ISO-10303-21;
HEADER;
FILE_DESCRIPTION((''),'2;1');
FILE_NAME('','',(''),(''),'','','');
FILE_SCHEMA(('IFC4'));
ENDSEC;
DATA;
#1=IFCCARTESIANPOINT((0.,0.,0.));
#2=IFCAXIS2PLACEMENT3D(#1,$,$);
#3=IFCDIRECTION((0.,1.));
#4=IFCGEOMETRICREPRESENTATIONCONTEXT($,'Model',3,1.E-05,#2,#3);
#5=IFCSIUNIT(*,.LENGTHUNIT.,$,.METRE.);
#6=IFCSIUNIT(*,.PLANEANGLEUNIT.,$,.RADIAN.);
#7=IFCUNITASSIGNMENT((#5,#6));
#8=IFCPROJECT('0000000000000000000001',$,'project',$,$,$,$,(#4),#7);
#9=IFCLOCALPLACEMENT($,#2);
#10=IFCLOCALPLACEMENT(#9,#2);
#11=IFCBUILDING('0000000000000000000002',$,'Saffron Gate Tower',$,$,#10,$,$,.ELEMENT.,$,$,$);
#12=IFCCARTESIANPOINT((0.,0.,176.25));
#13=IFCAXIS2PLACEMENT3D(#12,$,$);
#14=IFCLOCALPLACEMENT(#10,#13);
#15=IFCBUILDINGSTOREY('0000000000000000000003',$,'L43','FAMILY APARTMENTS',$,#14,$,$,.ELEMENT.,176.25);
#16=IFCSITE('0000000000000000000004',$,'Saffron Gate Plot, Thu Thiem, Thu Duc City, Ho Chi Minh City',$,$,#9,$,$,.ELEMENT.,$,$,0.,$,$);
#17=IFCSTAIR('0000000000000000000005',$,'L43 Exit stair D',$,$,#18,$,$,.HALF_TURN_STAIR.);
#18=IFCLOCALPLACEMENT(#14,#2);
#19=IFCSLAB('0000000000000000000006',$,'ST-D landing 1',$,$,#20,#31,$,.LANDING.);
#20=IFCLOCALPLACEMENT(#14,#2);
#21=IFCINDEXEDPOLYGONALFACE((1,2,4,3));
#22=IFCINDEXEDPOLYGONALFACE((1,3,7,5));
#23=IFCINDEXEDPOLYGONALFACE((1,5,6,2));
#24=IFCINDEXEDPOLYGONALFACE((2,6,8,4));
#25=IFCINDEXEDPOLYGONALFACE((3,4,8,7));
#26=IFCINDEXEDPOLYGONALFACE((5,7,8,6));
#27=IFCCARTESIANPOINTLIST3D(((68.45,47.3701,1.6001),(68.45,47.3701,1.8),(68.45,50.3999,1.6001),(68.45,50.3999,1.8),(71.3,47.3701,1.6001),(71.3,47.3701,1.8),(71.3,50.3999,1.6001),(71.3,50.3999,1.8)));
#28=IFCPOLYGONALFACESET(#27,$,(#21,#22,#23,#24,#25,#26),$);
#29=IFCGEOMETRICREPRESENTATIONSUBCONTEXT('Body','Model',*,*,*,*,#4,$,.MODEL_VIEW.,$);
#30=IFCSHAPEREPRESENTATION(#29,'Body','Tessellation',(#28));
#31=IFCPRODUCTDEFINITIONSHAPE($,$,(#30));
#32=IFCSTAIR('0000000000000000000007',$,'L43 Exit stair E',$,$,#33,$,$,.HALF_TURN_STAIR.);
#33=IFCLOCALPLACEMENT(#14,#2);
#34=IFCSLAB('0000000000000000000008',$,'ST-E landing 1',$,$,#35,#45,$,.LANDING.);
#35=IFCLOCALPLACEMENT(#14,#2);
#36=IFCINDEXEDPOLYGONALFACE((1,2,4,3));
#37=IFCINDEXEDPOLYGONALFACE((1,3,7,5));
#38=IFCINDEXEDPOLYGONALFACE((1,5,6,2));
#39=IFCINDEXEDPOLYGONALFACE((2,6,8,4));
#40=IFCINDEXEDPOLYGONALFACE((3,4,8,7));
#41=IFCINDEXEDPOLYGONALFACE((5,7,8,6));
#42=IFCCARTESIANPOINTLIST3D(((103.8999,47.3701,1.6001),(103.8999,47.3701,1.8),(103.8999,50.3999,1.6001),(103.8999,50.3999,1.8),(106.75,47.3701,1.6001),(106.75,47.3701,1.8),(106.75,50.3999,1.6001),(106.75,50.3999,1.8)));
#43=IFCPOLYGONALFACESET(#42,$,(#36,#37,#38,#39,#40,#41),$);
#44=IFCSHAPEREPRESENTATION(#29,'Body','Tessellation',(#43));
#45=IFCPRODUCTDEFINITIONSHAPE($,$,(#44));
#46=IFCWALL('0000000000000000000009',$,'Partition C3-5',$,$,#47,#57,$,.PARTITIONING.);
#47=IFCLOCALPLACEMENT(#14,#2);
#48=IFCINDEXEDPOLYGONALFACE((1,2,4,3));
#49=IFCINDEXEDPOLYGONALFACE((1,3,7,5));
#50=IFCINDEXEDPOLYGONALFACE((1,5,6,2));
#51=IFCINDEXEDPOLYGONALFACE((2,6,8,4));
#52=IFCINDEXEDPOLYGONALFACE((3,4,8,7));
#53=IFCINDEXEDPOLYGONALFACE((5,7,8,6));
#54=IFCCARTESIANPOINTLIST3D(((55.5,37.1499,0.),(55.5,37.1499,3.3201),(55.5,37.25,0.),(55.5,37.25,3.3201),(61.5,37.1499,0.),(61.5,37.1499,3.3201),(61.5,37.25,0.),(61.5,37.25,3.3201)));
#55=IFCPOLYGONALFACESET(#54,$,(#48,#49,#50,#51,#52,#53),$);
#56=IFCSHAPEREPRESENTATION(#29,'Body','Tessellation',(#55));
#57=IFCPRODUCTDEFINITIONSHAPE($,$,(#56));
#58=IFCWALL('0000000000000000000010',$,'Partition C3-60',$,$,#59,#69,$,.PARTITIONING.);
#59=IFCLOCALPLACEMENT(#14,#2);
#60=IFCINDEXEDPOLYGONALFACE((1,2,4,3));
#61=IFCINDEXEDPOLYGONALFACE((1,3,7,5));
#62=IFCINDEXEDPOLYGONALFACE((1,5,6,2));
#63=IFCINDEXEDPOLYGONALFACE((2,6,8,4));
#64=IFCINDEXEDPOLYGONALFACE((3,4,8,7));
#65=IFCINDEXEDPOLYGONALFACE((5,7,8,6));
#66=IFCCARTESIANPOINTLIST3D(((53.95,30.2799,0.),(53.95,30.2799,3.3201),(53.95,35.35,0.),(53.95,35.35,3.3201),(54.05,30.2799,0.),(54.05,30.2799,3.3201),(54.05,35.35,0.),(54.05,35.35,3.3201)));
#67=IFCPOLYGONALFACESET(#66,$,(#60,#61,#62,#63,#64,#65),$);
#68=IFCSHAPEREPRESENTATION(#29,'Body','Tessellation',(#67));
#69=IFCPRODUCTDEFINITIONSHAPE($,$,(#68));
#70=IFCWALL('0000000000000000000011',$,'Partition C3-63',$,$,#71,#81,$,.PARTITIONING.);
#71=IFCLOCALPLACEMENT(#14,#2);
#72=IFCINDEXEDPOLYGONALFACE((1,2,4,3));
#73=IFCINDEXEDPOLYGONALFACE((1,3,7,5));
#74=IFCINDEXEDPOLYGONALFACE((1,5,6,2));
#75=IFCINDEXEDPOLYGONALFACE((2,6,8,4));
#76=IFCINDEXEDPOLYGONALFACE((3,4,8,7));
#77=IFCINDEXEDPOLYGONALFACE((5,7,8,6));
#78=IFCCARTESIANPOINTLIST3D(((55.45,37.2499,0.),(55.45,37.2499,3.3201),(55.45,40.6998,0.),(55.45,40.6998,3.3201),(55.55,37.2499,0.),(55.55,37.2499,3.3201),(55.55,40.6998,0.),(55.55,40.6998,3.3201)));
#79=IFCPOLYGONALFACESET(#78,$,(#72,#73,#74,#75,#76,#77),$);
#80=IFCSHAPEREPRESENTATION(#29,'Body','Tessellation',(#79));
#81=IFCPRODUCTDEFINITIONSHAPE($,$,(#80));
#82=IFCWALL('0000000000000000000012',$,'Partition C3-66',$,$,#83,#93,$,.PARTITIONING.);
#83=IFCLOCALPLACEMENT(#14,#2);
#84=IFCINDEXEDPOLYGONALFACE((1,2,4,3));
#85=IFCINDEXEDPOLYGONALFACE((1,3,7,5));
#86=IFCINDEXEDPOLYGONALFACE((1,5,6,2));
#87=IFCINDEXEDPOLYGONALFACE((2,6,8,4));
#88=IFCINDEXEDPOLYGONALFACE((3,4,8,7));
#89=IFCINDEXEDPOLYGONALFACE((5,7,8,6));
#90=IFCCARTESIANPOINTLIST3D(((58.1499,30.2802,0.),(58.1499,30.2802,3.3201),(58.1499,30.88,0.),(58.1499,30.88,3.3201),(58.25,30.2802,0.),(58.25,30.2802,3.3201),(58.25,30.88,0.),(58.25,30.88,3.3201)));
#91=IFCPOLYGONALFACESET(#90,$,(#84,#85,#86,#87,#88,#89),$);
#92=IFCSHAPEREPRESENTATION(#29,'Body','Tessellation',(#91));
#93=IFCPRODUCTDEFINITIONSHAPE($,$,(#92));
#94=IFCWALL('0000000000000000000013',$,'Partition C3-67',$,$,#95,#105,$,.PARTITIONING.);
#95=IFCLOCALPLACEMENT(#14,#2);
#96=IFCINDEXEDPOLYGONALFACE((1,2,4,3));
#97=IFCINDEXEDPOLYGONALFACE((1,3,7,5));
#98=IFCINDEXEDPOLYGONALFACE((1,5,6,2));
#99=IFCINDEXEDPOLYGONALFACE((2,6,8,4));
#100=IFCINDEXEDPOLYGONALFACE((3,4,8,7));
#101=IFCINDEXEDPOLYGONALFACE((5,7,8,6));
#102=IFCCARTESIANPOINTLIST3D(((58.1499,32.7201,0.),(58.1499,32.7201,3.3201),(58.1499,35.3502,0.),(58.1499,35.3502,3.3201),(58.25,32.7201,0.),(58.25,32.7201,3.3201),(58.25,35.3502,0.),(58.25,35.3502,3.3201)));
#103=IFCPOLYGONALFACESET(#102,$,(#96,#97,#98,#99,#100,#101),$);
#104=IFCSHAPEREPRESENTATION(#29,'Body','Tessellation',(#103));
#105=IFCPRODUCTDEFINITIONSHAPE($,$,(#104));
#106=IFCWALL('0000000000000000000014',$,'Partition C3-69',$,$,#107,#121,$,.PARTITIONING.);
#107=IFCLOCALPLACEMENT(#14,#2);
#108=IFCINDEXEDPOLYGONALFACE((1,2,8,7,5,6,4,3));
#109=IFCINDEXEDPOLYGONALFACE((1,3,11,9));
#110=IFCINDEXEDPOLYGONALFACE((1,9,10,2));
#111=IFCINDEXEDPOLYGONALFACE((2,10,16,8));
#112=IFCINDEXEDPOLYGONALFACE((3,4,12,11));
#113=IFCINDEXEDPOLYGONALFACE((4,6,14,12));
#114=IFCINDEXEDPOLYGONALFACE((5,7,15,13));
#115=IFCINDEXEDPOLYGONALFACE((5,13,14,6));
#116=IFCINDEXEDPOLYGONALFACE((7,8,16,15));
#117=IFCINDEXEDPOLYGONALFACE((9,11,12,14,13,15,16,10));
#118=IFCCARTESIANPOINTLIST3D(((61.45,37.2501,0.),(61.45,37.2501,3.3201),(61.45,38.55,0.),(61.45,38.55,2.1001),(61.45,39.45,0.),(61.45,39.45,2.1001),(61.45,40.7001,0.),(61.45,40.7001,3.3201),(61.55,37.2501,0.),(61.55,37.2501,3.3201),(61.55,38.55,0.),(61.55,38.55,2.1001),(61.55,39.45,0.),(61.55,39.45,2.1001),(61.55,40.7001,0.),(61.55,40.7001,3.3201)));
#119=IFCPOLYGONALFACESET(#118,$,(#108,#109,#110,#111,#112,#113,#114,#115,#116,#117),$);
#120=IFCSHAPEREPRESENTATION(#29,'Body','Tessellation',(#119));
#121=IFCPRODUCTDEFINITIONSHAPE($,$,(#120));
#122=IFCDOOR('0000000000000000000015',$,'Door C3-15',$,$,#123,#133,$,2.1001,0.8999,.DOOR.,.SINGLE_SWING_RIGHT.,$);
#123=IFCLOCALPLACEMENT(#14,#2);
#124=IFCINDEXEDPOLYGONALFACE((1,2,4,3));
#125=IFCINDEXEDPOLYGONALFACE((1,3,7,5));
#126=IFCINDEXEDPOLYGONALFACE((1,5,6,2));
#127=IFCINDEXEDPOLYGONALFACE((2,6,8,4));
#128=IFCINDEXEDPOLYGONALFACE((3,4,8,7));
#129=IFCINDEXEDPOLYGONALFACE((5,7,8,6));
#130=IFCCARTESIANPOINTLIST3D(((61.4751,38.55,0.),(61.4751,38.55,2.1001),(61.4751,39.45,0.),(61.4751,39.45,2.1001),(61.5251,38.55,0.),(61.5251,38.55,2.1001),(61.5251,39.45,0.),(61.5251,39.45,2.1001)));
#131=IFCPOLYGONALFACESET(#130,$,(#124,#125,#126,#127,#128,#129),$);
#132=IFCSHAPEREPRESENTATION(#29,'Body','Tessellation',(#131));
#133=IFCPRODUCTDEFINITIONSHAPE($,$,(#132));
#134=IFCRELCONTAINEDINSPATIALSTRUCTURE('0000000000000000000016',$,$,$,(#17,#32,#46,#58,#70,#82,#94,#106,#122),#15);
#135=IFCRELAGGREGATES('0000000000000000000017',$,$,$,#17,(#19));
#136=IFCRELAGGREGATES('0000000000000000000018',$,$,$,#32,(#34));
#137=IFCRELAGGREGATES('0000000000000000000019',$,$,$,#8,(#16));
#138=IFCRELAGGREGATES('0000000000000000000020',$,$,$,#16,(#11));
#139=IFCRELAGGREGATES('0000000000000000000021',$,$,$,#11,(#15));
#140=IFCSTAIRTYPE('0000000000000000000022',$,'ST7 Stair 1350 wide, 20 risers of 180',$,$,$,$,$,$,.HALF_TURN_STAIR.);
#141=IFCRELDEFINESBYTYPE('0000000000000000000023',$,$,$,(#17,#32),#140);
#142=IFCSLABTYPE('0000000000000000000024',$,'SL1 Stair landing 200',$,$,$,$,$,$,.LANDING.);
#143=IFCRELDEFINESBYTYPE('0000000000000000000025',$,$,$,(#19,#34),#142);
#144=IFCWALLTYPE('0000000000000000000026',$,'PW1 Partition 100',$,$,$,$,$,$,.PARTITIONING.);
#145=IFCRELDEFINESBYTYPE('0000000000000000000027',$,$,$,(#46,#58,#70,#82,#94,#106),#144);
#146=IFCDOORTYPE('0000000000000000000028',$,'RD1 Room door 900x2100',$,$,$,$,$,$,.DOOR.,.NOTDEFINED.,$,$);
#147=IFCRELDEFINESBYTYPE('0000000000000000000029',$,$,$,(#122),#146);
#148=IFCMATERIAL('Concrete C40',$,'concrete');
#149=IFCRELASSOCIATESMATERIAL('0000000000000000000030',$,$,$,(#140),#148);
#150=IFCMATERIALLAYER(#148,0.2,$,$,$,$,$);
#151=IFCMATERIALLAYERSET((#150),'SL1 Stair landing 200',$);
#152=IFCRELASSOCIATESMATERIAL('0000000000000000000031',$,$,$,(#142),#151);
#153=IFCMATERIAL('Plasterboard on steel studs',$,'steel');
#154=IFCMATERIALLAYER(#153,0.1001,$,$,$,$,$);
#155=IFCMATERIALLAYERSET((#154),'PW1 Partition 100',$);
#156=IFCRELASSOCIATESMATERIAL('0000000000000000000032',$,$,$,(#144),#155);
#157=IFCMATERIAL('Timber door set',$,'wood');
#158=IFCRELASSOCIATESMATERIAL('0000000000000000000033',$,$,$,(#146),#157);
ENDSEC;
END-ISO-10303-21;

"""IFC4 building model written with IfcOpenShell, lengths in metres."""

from ifc_helpers import new_model, si_unit, direction, frame, frame_2d, origin, place, context, subcontext, project, spatial, polyline, rectangle, outline, extrude, material, layer, layer_set, type_object, element, fill, aggregate, save


model = new_model("IFC4")

# Units and contexts
model_context = context("Model", 3, precision=1e-05, world=origin(), true_north=direction((0.0, 1.0)))
body_context = subcontext(model_context, "Body", "Model", "MODEL_VIEW")
ifc_project = project(units=[si_unit("LENGTHUNIT", "METRE"), si_unit("PLANEANGLEUNIT", "RADIAN")], contexts=[model_context])

# Site, building, storey
site_placement = place(None, origin())
site = spatial("IfcSite", under=ifc_project, at=site_placement, Name="Saffron Gate Plot, Thu Thiem, Thu Duc City, Ho Chi Minh City", CompositionType="ELEMENT", RefElevation=0.0)
building_placement = place(site_placement, origin())
building = spatial("IfcBuilding", under=site, at=building_placement, Name="Saffron Gate Tower", CompositionType="ELEMENT")
storey_placement = place(building_placement, frame((0.0, 0.0, 176.25)))
storey = spatial("IfcBuildingStorey", under=building, at=storey_placement, Name="L43", Description="FAMILY APARTMENTS", CompositionType="ELEMENT", Elevation=176.25)

# Stairs, slabs
ifc_material_1 = material(Name="Concrete C40", Category="concrete")
stair_type = type_object("IfcStairType", Name="ST7 Stair 1350 wide, 20 risers of 180", PredefinedType="HALF_TURN_STAIR", material=ifc_material_1)
stair_1_placement = place(storey_placement, origin())
stair_1 = element("IfcStair", 1, at=stair_1_placement, inside=storey, type_object=stair_type, Name="L43 Exit stair D", PredefinedType="HALF_TURN_STAIR")
ifc_layer_1 = layer(ifc_material_1, 0.2)
ifc_layer_set_1 = layer_set([ifc_layer_1], Name="SL1 Stair landing 200")
slab_type = type_object("IfcSlabType", Name="SL1 Stair landing 200", PredefinedType="LANDING", material=ifc_layer_set_1)
slab_1_placement = place(storey_placement, frame((0.0, 0.0, 1.6001)))
slab_1 = element("IfcSlab", 2, at=slab_1_placement, type_object=slab_type, Name="ST-D landing 1", PredefinedType="LANDING", context=body_context, shape_type="SweptSolid", body=[
    extrude(outline(polyline([(71.3, 47.3701), (71.3, 50.3999), (68.45, 50.3999), (68.45, 47.3701), (71.3, 47.3701)])), origin(), (0.0, 0.0, 1.0), 0.2),
])
aggregate(stair_1, [slab_1])
stair_2_placement = place(storey_placement, origin())
stair_2 = element("IfcStair", 3, at=stair_2_placement, inside=storey, type_object=stair_type, Name="L43 Exit stair E", PredefinedType="HALF_TURN_STAIR")
slab_2_placement = place(storey_placement, frame((0.0, 0.0, 1.6001)))
slab_2 = element("IfcSlab", 4, at=slab_2_placement, type_object=slab_type, Name="ST-E landing 1", PredefinedType="LANDING", context=body_context, shape_type="SweptSolid", body=[
    extrude(outline(polyline([(106.75, 47.3701), (106.75, 50.3999), (103.8999, 50.3999), (103.8999, 47.3701), (106.75, 47.3701)])), origin(), (0.0, 0.0, 1.0), 0.2),
])
aggregate(stair_2, [slab_2])

# Walls
ifc_material_2 = material(Name="Plasterboard on steel studs", Category="steel")
ifc_layer_2 = layer(ifc_material_2, 0.1001)
ifc_layer_set_2 = layer_set([ifc_layer_2], Name="PW1 Partition 100")
wall_type = type_object("IfcWallType", Name="PW1 Partition 100", PredefinedType="PARTITIONING", material=ifc_layer_set_2)
wall_1_placement = place(storey_placement, frame((55.5, 37.2, 0.0), z_axis=(0.0, 0.0, 1.0), x_axis=(1.0, 0.0, 0.0)))
element("IfcWall", 5, at=wall_1_placement, inside=storey, type_object=wall_type, Name="Partition C3-5", PredefinedType="PARTITIONING", context=body_context, shape_type="SweptSolid", body=[
    extrude(rectangle(XDim=6.0, YDim=0.1001, at=frame_2d((3.0, 0.0))), origin(), (0.0, 0.0, 1.0), 3.3201),
])
wall_2_placement = place(storey_placement, frame((54.0, 35.3501, 0.0), z_axis=(0.0, 0.0, 1.0), x_axis=(0.0, -1.0, 0.0)))
element("IfcWall", 6, at=wall_2_placement, inside=storey, type_object=wall_type, Name="Partition C3-60", PredefinedType="PARTITIONING", context=body_context, shape_type="SweptSolid", body=[
    extrude(rectangle(XDim=5.0701, YDim=0.1001, at=frame_2d((2.5352, 0.0))), origin(), (0.0, 0.0, 1.0), 3.3201),
])
wall_3_placement = place(storey_placement, frame((55.5, 40.7, 0.0), z_axis=(0.0, 0.0, 1.0), x_axis=(0.0, -1.0, 0.0)))
element("IfcWall", 7, at=wall_3_placement, inside=storey, type_object=wall_type, Name="Partition C3-63", PredefinedType="PARTITIONING", context=body_context, shape_type="SweptSolid", body=[
    extrude(rectangle(XDim=3.45, YDim=0.1001, at=frame_2d((1.7251, 0.0))), origin(), (0.0, 0.0, 1.0), 3.3201),
])
wall_4_placement = place(storey_placement, frame((58.2, 30.8799, 0.0), z_axis=(0.0, 0.0, 1.0), x_axis=(0.0, -1.0, 0.0)))
element("IfcWall", 8, at=wall_4_placement, inside=storey, type_object=wall_type, Name="Partition C3-66", PredefinedType="PARTITIONING", context=body_context, shape_type="SweptSolid", body=[
    extrude(rectangle(XDim=0.5999, YDim=0.1001, at=frame_2d((0.2998, 0.0))), origin(), (0.0, 0.0, 1.0), 3.3201),
])
wall_5_placement = place(storey_placement, frame((58.2, 35.3501, 0.0), z_axis=(0.0, 0.0, 1.0), x_axis=(0.0, -1.0, 0.0)))
element("IfcWall", 9, at=wall_5_placement, inside=storey, type_object=wall_type, Name="Partition C3-67", PredefinedType="PARTITIONING", context=body_context, shape_type="SweptSolid", body=[
    extrude(rectangle(XDim=2.6301, YDim=0.1001, at=frame_2d((1.3149, 0.0))), origin(), (0.0, 0.0, 1.0), 3.3201),
])

# Wall, opening, door
wall_6_placement = place(storey_placement, frame((61.5, 37.25, 0.0), z_axis=(0.0, 0.0, 1.0), x_axis=(0.0, 1.0, 0.0)))
wall_6 = element("IfcWall", 10, at=wall_6_placement, inside=storey, type_object=wall_type, Name="Partition C3-69", PredefinedType="PARTITIONING", context=body_context, shape_type="SweptSolid", body=[
    extrude(rectangle(XDim=3.45, YDim=0.1001, at=frame_2d((1.7251, 0.0))), origin(), (0.0, 0.0, 1.0), 3.3201),
])
opening_1_placement = place(wall_6_placement, frame((1.3, 0.0, 0.0)))
opening_1 = element("IfcOpeningElement", 11, at=opening_1_placement, cuts=wall_6, PredefinedType="OPENING", context=body_context, shape_type="SweptSolid", body=[
    extrude(rectangle(XDim=0.8999, YDim=2.1001, at=frame_2d((0.45, 1.05))), frame((0.0, 0.0601, 0.0), z_axis=(0.0, -1.0, 0.0), x_axis=(1.0, 0.0, 0.0)), (0.0, 0.0, 1.0), 0.1201),
])
ifc_material_3 = material(Name="Timber door set", Category="wood")
door_type = type_object("IfcDoorType", Name="RD1 Room door 900x2100", OperationType="NOTDEFINED", PredefinedType="DOOR", material=ifc_material_3)
door_placement = place(opening_1_placement, origin())
door = element("IfcDoor", 12, at=door_placement, inside=storey, type_object=door_type, Name="Door C3-15", OperationType="SINGLE_SWING_RIGHT", OverallHeight=2.1001, OverallWidth=0.8999, PredefinedType="DOOR", context=body_context, shape_type="SweptSolid", body=[
    extrude(rectangle(XDim=0.8999, YDim=2.1001, at=frame_2d((0.45, 1.05))), frame((0.0, 0.0249, 0.0), z_axis=(0.0, -1.0, 0.0), x_axis=(1.0, 0.0, 0.0)), (0.0, 0.0, 1.0), 0.05),
])
fill(opening_1, door)

save(model, "model.ifc")
